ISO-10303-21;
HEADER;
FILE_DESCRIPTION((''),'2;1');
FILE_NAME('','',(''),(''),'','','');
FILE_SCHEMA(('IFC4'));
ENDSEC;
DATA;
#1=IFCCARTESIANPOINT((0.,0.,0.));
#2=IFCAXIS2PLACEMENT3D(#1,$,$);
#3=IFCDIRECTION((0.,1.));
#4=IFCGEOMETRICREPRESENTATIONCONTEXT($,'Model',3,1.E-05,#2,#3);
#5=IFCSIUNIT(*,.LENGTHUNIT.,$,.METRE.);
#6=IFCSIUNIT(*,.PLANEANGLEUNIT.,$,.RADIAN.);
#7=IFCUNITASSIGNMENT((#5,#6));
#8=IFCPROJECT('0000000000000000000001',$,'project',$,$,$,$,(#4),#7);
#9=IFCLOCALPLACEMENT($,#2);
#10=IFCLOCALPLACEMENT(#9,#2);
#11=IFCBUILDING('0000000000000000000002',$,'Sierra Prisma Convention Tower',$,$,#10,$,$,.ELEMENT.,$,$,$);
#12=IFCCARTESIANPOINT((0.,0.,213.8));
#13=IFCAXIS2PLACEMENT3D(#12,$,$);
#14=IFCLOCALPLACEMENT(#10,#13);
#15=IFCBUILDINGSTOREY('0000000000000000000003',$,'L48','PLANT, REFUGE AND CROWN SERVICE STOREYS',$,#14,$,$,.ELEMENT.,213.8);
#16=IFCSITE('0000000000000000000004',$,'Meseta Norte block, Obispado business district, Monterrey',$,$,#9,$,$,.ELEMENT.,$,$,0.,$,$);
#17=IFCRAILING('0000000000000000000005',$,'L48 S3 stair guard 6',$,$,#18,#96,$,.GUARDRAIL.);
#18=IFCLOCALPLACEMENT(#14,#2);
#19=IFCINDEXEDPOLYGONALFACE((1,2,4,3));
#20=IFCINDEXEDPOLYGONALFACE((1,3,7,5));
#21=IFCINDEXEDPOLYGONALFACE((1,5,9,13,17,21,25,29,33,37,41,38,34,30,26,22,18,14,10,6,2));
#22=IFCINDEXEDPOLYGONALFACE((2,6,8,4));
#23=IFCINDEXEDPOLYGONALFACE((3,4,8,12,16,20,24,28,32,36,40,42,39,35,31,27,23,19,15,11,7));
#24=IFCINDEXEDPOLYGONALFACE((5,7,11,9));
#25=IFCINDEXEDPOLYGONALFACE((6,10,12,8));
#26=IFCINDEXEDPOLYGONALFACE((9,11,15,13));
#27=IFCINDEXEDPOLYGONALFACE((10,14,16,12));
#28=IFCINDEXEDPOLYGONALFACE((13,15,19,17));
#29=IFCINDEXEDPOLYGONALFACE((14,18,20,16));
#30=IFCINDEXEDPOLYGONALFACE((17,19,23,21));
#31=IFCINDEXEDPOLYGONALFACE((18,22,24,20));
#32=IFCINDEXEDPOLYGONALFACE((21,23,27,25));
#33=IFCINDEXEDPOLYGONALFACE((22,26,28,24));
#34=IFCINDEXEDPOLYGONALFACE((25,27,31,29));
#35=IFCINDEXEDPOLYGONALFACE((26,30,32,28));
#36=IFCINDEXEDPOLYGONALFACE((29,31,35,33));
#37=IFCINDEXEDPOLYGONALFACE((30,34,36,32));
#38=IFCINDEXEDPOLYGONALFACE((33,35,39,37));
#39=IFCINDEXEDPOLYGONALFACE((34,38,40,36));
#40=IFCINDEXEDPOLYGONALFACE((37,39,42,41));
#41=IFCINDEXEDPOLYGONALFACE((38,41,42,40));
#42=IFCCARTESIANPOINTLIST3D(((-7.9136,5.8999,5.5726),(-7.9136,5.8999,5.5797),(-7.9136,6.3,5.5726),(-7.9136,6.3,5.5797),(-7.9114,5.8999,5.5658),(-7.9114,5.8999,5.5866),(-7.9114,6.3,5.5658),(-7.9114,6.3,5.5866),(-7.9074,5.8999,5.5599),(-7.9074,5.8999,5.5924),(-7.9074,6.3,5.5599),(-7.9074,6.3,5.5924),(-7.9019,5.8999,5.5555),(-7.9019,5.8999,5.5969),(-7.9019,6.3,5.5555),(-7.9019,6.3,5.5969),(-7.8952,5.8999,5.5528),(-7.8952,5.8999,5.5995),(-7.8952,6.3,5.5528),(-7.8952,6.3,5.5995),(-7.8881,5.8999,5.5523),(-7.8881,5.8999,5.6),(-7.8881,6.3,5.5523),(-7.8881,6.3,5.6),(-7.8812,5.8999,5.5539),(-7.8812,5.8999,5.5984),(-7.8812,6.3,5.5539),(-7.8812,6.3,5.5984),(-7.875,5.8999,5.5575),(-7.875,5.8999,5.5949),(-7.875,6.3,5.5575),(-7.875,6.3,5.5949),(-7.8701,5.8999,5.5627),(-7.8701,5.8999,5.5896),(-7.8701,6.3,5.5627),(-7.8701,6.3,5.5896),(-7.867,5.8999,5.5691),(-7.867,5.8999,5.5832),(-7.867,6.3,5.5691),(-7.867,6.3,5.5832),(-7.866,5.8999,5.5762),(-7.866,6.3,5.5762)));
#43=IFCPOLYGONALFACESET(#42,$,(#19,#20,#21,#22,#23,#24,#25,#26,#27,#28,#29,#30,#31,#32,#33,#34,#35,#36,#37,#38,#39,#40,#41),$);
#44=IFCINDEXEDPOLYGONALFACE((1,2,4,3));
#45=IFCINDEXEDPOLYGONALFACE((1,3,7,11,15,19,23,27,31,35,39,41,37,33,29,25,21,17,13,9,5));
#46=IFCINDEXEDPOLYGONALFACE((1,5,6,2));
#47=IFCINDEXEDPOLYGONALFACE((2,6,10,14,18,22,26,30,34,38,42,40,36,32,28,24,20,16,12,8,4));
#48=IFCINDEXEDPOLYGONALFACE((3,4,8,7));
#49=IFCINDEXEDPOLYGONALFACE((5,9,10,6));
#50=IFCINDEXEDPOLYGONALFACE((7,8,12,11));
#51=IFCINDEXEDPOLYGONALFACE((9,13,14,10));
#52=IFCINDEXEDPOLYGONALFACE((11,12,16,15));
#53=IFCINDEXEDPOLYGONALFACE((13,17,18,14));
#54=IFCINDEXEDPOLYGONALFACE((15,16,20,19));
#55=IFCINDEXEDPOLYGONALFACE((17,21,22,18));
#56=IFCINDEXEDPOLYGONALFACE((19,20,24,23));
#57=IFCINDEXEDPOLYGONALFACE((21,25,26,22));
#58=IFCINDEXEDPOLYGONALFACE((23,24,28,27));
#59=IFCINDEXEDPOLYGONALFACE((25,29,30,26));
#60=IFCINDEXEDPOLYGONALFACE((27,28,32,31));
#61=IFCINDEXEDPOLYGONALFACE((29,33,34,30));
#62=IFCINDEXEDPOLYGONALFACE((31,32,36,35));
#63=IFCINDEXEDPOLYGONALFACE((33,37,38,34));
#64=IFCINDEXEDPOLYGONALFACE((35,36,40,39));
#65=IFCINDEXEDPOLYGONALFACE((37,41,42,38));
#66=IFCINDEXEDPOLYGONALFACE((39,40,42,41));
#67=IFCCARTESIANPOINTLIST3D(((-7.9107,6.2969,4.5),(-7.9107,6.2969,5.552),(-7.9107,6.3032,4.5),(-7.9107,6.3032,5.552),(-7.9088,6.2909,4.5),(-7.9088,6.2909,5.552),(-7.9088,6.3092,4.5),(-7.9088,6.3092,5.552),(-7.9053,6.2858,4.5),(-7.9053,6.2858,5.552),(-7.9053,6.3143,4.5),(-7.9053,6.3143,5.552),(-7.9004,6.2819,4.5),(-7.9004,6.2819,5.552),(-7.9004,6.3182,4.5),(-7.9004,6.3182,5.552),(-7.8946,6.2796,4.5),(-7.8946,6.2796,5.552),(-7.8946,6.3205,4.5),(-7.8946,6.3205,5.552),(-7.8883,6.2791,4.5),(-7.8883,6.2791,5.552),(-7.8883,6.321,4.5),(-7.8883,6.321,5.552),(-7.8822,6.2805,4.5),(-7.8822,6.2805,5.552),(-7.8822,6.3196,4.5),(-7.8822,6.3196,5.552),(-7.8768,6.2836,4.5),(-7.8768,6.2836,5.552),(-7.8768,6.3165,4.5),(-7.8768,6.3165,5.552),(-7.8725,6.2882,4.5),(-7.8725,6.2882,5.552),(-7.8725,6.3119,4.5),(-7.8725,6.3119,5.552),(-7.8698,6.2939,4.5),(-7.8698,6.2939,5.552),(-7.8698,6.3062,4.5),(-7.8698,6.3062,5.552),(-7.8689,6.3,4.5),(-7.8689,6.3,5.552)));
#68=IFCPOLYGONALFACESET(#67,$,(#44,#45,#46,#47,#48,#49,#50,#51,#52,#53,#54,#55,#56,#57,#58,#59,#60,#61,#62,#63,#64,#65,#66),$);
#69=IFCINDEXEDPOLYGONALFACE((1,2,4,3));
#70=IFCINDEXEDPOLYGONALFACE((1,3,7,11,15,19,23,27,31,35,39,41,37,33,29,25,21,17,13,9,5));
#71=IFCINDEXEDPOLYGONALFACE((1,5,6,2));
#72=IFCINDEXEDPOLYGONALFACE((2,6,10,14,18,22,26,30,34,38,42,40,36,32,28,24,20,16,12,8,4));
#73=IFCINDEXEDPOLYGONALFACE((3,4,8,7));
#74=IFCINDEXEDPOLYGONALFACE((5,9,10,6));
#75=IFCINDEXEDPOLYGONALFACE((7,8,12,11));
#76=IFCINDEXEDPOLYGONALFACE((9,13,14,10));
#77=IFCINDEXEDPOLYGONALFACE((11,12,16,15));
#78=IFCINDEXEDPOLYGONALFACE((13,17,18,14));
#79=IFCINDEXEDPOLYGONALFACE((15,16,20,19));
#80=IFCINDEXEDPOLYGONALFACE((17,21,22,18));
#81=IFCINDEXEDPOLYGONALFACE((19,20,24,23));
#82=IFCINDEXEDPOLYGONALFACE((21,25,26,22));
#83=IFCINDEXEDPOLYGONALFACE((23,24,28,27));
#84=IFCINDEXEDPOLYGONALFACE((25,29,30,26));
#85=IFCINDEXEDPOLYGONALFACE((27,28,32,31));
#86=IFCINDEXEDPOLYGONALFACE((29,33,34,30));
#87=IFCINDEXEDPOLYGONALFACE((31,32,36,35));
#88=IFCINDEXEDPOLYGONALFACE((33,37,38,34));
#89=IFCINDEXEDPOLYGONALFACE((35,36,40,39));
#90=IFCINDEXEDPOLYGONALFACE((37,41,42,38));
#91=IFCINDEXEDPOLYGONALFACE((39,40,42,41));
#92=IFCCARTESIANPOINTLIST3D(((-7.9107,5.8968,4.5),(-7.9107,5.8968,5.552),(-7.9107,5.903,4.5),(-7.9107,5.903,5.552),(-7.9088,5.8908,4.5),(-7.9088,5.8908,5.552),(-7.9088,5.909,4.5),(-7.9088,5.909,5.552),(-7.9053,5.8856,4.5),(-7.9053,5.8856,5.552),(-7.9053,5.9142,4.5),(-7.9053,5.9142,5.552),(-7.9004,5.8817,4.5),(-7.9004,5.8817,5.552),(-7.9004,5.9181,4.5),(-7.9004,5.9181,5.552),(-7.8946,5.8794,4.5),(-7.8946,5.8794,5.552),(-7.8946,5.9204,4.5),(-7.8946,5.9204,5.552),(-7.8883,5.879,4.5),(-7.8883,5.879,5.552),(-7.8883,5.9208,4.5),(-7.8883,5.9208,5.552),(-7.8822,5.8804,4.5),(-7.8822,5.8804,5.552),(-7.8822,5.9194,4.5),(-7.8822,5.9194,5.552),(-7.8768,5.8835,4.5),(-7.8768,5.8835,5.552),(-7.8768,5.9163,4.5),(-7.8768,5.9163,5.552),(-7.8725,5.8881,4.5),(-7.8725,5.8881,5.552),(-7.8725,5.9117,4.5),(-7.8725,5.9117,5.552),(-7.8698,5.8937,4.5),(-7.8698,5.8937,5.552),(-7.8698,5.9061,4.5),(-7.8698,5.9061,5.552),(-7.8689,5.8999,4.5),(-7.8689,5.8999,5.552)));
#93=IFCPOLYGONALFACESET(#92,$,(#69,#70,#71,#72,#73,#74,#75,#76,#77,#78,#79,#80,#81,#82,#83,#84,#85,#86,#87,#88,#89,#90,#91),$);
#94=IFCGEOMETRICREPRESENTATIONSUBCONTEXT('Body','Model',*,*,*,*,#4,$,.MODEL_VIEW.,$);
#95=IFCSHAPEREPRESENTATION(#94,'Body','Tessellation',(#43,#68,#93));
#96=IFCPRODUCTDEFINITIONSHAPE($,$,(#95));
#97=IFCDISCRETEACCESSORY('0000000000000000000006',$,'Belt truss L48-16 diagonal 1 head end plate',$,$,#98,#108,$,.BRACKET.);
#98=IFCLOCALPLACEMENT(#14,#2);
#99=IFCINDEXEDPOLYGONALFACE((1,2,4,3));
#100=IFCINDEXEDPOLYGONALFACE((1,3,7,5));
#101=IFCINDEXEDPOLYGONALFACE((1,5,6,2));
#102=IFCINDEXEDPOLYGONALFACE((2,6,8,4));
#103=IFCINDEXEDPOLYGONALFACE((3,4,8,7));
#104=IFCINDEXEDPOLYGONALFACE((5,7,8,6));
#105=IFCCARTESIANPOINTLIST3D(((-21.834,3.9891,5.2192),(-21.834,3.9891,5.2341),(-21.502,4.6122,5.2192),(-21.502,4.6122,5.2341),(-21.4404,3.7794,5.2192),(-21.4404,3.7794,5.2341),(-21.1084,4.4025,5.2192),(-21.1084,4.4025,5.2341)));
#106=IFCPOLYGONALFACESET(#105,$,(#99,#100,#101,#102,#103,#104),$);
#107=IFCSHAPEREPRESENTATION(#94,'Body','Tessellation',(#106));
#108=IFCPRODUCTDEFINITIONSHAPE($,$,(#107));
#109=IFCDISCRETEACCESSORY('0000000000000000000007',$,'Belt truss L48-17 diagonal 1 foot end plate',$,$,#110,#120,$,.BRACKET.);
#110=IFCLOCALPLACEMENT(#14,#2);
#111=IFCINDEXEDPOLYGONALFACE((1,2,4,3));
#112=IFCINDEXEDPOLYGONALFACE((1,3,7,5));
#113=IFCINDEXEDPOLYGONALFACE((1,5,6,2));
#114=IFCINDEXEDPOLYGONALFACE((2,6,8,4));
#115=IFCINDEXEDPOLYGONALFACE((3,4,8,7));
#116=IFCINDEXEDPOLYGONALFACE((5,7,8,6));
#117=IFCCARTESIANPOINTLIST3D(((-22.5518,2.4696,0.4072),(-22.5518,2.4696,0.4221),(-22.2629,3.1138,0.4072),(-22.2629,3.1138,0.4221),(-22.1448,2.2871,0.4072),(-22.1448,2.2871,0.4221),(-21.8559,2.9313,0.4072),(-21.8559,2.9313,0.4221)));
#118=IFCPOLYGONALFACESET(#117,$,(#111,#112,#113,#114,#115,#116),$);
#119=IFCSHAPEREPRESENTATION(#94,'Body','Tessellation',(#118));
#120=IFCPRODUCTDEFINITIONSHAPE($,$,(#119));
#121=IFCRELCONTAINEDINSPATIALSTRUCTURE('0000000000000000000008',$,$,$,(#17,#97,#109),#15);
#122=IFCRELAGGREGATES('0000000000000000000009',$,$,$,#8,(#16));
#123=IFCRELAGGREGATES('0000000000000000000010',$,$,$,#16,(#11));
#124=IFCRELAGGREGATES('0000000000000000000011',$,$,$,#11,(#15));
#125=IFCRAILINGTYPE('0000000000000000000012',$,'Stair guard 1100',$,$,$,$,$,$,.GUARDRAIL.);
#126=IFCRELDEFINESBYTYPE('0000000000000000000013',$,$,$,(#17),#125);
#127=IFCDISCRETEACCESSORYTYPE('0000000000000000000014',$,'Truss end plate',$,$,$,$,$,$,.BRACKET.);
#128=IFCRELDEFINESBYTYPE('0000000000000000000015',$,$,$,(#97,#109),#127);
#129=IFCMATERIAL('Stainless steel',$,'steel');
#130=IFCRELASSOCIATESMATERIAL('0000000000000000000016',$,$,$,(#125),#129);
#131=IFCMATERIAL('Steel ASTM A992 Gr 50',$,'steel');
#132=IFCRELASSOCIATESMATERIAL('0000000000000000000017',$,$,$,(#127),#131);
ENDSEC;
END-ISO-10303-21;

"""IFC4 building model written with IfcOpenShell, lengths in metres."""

from ifc_helpers import new_model, si_unit, direction, frame, origin, origin_2d, place, context, subcontext, project, spatial, rectangle, circle, extrude, material, type_object, element, save


model = new_model("IFC4")

# Units and contexts
model_context = context("Model", 3, precision=1e-05, world=origin(), true_north=direction((0.0, 1.0)))
body_context = subcontext(model_context, "Body", "Model", "MODEL_VIEW")
ifc_project = project(units=[si_unit("LENGTHUNIT", "METRE"), si_unit("PLANEANGLEUNIT", "RADIAN")], contexts=[model_context])

# Site, building, storey
site_placement = place(None, origin())
site = spatial("IfcSite", under=ifc_project, at=site_placement, Name="Meseta Norte block, Obispado business district, Monterrey", CompositionType="ELEMENT", RefElevation=0.0)
building_placement = place(site_placement, origin())
building = spatial("IfcBuilding", under=site, at=building_placement, Name="Sierra Prisma Convention Tower", CompositionType="ELEMENT")
storey_placement = place(building_placement, frame((0.0, 0.0, 213.8)))
storey = spatial("IfcBuildingStorey", under=building, at=storey_placement, Name="L48", Description="PLANT, REFUGE AND CROWN SERVICE STOREYS", CompositionType="ELEMENT", Elevation=213.8)

# Railing
ifc_material_1 = material(Name="Stainless steel", Category="steel")
railing_type_1 = type_object("IfcRailingType", Name="Stair guard 1100", PredefinedType="GUARDRAIL", material=ifc_material_1)
railing_1_placement = place(storey_placement, frame((-7.8899, 6.3, 4.5)))
element("IfcRailing", 1, at=railing_1_placement, inside=storey, type_object=railing_type_1, Name="L48 S3 stair guard 6", PredefinedType="GUARDRAIL", context=body_context, shape_type="SweptSolid", body=[
    extrude(circle(Radius=0.0239, at=origin_2d()), frame((0.0, 0.0, 1.0762), z_axis=(0.0, -1.0, 0.0), x_axis=(1.0, 0.0, 0.0)), (0.0, 0.0, 1.0), 0.4001),
    extrude(circle(Radius=0.021, at=origin_2d()), origin(), (0.0, 0.0, 1.0), 1.052),
    extrude(circle(Radius=0.021, at=origin_2d()), frame((0.0, -0.4001, 0.0)), (0.0, 0.0, 1.0), 1.052),
])

# Discrete accessories
ifc_material_2 = material(Name="Steel ASTM A992 Gr 50", Category="steel")
discrete_accessory_type = type_object("IfcDiscreteAccessoryType", Name="Truss end plate", PredefinedType="BRACKET", material=ifc_material_2)
for number, where, z_axis, x_axis, name in (
    (2, (-21.4712, 4.1958, 5.2192), (0.0, 0.0, 1.0), (-0.470254, -0.882531, 0.0), "Belt truss L48-16 diagonal 1 head end plate"),
    (3, (-22.2039, 2.7004, 0.4072), (0.0, 0.0, 1.0), (-0.409151, -0.912467, 0.0), "Belt truss L48-17 diagonal 1 foot end plate"),
):
    element("IfcDiscreteAccessory", number, at=place(storey_placement, frame(where, z_axis=z_axis, x_axis=x_axis)), inside=storey, type_object=discrete_accessory_type, Name=name, PredefinedType="BRACKET", context=body_context, shape_type="SweptSolid", body=[
        extrude(rectangle(XDim=0.7061, YDim=0.446, at=origin_2d()), origin(), (0.0, 0.0, 1.0), 0.0149),
    ])

save(model, "model.ifc")
